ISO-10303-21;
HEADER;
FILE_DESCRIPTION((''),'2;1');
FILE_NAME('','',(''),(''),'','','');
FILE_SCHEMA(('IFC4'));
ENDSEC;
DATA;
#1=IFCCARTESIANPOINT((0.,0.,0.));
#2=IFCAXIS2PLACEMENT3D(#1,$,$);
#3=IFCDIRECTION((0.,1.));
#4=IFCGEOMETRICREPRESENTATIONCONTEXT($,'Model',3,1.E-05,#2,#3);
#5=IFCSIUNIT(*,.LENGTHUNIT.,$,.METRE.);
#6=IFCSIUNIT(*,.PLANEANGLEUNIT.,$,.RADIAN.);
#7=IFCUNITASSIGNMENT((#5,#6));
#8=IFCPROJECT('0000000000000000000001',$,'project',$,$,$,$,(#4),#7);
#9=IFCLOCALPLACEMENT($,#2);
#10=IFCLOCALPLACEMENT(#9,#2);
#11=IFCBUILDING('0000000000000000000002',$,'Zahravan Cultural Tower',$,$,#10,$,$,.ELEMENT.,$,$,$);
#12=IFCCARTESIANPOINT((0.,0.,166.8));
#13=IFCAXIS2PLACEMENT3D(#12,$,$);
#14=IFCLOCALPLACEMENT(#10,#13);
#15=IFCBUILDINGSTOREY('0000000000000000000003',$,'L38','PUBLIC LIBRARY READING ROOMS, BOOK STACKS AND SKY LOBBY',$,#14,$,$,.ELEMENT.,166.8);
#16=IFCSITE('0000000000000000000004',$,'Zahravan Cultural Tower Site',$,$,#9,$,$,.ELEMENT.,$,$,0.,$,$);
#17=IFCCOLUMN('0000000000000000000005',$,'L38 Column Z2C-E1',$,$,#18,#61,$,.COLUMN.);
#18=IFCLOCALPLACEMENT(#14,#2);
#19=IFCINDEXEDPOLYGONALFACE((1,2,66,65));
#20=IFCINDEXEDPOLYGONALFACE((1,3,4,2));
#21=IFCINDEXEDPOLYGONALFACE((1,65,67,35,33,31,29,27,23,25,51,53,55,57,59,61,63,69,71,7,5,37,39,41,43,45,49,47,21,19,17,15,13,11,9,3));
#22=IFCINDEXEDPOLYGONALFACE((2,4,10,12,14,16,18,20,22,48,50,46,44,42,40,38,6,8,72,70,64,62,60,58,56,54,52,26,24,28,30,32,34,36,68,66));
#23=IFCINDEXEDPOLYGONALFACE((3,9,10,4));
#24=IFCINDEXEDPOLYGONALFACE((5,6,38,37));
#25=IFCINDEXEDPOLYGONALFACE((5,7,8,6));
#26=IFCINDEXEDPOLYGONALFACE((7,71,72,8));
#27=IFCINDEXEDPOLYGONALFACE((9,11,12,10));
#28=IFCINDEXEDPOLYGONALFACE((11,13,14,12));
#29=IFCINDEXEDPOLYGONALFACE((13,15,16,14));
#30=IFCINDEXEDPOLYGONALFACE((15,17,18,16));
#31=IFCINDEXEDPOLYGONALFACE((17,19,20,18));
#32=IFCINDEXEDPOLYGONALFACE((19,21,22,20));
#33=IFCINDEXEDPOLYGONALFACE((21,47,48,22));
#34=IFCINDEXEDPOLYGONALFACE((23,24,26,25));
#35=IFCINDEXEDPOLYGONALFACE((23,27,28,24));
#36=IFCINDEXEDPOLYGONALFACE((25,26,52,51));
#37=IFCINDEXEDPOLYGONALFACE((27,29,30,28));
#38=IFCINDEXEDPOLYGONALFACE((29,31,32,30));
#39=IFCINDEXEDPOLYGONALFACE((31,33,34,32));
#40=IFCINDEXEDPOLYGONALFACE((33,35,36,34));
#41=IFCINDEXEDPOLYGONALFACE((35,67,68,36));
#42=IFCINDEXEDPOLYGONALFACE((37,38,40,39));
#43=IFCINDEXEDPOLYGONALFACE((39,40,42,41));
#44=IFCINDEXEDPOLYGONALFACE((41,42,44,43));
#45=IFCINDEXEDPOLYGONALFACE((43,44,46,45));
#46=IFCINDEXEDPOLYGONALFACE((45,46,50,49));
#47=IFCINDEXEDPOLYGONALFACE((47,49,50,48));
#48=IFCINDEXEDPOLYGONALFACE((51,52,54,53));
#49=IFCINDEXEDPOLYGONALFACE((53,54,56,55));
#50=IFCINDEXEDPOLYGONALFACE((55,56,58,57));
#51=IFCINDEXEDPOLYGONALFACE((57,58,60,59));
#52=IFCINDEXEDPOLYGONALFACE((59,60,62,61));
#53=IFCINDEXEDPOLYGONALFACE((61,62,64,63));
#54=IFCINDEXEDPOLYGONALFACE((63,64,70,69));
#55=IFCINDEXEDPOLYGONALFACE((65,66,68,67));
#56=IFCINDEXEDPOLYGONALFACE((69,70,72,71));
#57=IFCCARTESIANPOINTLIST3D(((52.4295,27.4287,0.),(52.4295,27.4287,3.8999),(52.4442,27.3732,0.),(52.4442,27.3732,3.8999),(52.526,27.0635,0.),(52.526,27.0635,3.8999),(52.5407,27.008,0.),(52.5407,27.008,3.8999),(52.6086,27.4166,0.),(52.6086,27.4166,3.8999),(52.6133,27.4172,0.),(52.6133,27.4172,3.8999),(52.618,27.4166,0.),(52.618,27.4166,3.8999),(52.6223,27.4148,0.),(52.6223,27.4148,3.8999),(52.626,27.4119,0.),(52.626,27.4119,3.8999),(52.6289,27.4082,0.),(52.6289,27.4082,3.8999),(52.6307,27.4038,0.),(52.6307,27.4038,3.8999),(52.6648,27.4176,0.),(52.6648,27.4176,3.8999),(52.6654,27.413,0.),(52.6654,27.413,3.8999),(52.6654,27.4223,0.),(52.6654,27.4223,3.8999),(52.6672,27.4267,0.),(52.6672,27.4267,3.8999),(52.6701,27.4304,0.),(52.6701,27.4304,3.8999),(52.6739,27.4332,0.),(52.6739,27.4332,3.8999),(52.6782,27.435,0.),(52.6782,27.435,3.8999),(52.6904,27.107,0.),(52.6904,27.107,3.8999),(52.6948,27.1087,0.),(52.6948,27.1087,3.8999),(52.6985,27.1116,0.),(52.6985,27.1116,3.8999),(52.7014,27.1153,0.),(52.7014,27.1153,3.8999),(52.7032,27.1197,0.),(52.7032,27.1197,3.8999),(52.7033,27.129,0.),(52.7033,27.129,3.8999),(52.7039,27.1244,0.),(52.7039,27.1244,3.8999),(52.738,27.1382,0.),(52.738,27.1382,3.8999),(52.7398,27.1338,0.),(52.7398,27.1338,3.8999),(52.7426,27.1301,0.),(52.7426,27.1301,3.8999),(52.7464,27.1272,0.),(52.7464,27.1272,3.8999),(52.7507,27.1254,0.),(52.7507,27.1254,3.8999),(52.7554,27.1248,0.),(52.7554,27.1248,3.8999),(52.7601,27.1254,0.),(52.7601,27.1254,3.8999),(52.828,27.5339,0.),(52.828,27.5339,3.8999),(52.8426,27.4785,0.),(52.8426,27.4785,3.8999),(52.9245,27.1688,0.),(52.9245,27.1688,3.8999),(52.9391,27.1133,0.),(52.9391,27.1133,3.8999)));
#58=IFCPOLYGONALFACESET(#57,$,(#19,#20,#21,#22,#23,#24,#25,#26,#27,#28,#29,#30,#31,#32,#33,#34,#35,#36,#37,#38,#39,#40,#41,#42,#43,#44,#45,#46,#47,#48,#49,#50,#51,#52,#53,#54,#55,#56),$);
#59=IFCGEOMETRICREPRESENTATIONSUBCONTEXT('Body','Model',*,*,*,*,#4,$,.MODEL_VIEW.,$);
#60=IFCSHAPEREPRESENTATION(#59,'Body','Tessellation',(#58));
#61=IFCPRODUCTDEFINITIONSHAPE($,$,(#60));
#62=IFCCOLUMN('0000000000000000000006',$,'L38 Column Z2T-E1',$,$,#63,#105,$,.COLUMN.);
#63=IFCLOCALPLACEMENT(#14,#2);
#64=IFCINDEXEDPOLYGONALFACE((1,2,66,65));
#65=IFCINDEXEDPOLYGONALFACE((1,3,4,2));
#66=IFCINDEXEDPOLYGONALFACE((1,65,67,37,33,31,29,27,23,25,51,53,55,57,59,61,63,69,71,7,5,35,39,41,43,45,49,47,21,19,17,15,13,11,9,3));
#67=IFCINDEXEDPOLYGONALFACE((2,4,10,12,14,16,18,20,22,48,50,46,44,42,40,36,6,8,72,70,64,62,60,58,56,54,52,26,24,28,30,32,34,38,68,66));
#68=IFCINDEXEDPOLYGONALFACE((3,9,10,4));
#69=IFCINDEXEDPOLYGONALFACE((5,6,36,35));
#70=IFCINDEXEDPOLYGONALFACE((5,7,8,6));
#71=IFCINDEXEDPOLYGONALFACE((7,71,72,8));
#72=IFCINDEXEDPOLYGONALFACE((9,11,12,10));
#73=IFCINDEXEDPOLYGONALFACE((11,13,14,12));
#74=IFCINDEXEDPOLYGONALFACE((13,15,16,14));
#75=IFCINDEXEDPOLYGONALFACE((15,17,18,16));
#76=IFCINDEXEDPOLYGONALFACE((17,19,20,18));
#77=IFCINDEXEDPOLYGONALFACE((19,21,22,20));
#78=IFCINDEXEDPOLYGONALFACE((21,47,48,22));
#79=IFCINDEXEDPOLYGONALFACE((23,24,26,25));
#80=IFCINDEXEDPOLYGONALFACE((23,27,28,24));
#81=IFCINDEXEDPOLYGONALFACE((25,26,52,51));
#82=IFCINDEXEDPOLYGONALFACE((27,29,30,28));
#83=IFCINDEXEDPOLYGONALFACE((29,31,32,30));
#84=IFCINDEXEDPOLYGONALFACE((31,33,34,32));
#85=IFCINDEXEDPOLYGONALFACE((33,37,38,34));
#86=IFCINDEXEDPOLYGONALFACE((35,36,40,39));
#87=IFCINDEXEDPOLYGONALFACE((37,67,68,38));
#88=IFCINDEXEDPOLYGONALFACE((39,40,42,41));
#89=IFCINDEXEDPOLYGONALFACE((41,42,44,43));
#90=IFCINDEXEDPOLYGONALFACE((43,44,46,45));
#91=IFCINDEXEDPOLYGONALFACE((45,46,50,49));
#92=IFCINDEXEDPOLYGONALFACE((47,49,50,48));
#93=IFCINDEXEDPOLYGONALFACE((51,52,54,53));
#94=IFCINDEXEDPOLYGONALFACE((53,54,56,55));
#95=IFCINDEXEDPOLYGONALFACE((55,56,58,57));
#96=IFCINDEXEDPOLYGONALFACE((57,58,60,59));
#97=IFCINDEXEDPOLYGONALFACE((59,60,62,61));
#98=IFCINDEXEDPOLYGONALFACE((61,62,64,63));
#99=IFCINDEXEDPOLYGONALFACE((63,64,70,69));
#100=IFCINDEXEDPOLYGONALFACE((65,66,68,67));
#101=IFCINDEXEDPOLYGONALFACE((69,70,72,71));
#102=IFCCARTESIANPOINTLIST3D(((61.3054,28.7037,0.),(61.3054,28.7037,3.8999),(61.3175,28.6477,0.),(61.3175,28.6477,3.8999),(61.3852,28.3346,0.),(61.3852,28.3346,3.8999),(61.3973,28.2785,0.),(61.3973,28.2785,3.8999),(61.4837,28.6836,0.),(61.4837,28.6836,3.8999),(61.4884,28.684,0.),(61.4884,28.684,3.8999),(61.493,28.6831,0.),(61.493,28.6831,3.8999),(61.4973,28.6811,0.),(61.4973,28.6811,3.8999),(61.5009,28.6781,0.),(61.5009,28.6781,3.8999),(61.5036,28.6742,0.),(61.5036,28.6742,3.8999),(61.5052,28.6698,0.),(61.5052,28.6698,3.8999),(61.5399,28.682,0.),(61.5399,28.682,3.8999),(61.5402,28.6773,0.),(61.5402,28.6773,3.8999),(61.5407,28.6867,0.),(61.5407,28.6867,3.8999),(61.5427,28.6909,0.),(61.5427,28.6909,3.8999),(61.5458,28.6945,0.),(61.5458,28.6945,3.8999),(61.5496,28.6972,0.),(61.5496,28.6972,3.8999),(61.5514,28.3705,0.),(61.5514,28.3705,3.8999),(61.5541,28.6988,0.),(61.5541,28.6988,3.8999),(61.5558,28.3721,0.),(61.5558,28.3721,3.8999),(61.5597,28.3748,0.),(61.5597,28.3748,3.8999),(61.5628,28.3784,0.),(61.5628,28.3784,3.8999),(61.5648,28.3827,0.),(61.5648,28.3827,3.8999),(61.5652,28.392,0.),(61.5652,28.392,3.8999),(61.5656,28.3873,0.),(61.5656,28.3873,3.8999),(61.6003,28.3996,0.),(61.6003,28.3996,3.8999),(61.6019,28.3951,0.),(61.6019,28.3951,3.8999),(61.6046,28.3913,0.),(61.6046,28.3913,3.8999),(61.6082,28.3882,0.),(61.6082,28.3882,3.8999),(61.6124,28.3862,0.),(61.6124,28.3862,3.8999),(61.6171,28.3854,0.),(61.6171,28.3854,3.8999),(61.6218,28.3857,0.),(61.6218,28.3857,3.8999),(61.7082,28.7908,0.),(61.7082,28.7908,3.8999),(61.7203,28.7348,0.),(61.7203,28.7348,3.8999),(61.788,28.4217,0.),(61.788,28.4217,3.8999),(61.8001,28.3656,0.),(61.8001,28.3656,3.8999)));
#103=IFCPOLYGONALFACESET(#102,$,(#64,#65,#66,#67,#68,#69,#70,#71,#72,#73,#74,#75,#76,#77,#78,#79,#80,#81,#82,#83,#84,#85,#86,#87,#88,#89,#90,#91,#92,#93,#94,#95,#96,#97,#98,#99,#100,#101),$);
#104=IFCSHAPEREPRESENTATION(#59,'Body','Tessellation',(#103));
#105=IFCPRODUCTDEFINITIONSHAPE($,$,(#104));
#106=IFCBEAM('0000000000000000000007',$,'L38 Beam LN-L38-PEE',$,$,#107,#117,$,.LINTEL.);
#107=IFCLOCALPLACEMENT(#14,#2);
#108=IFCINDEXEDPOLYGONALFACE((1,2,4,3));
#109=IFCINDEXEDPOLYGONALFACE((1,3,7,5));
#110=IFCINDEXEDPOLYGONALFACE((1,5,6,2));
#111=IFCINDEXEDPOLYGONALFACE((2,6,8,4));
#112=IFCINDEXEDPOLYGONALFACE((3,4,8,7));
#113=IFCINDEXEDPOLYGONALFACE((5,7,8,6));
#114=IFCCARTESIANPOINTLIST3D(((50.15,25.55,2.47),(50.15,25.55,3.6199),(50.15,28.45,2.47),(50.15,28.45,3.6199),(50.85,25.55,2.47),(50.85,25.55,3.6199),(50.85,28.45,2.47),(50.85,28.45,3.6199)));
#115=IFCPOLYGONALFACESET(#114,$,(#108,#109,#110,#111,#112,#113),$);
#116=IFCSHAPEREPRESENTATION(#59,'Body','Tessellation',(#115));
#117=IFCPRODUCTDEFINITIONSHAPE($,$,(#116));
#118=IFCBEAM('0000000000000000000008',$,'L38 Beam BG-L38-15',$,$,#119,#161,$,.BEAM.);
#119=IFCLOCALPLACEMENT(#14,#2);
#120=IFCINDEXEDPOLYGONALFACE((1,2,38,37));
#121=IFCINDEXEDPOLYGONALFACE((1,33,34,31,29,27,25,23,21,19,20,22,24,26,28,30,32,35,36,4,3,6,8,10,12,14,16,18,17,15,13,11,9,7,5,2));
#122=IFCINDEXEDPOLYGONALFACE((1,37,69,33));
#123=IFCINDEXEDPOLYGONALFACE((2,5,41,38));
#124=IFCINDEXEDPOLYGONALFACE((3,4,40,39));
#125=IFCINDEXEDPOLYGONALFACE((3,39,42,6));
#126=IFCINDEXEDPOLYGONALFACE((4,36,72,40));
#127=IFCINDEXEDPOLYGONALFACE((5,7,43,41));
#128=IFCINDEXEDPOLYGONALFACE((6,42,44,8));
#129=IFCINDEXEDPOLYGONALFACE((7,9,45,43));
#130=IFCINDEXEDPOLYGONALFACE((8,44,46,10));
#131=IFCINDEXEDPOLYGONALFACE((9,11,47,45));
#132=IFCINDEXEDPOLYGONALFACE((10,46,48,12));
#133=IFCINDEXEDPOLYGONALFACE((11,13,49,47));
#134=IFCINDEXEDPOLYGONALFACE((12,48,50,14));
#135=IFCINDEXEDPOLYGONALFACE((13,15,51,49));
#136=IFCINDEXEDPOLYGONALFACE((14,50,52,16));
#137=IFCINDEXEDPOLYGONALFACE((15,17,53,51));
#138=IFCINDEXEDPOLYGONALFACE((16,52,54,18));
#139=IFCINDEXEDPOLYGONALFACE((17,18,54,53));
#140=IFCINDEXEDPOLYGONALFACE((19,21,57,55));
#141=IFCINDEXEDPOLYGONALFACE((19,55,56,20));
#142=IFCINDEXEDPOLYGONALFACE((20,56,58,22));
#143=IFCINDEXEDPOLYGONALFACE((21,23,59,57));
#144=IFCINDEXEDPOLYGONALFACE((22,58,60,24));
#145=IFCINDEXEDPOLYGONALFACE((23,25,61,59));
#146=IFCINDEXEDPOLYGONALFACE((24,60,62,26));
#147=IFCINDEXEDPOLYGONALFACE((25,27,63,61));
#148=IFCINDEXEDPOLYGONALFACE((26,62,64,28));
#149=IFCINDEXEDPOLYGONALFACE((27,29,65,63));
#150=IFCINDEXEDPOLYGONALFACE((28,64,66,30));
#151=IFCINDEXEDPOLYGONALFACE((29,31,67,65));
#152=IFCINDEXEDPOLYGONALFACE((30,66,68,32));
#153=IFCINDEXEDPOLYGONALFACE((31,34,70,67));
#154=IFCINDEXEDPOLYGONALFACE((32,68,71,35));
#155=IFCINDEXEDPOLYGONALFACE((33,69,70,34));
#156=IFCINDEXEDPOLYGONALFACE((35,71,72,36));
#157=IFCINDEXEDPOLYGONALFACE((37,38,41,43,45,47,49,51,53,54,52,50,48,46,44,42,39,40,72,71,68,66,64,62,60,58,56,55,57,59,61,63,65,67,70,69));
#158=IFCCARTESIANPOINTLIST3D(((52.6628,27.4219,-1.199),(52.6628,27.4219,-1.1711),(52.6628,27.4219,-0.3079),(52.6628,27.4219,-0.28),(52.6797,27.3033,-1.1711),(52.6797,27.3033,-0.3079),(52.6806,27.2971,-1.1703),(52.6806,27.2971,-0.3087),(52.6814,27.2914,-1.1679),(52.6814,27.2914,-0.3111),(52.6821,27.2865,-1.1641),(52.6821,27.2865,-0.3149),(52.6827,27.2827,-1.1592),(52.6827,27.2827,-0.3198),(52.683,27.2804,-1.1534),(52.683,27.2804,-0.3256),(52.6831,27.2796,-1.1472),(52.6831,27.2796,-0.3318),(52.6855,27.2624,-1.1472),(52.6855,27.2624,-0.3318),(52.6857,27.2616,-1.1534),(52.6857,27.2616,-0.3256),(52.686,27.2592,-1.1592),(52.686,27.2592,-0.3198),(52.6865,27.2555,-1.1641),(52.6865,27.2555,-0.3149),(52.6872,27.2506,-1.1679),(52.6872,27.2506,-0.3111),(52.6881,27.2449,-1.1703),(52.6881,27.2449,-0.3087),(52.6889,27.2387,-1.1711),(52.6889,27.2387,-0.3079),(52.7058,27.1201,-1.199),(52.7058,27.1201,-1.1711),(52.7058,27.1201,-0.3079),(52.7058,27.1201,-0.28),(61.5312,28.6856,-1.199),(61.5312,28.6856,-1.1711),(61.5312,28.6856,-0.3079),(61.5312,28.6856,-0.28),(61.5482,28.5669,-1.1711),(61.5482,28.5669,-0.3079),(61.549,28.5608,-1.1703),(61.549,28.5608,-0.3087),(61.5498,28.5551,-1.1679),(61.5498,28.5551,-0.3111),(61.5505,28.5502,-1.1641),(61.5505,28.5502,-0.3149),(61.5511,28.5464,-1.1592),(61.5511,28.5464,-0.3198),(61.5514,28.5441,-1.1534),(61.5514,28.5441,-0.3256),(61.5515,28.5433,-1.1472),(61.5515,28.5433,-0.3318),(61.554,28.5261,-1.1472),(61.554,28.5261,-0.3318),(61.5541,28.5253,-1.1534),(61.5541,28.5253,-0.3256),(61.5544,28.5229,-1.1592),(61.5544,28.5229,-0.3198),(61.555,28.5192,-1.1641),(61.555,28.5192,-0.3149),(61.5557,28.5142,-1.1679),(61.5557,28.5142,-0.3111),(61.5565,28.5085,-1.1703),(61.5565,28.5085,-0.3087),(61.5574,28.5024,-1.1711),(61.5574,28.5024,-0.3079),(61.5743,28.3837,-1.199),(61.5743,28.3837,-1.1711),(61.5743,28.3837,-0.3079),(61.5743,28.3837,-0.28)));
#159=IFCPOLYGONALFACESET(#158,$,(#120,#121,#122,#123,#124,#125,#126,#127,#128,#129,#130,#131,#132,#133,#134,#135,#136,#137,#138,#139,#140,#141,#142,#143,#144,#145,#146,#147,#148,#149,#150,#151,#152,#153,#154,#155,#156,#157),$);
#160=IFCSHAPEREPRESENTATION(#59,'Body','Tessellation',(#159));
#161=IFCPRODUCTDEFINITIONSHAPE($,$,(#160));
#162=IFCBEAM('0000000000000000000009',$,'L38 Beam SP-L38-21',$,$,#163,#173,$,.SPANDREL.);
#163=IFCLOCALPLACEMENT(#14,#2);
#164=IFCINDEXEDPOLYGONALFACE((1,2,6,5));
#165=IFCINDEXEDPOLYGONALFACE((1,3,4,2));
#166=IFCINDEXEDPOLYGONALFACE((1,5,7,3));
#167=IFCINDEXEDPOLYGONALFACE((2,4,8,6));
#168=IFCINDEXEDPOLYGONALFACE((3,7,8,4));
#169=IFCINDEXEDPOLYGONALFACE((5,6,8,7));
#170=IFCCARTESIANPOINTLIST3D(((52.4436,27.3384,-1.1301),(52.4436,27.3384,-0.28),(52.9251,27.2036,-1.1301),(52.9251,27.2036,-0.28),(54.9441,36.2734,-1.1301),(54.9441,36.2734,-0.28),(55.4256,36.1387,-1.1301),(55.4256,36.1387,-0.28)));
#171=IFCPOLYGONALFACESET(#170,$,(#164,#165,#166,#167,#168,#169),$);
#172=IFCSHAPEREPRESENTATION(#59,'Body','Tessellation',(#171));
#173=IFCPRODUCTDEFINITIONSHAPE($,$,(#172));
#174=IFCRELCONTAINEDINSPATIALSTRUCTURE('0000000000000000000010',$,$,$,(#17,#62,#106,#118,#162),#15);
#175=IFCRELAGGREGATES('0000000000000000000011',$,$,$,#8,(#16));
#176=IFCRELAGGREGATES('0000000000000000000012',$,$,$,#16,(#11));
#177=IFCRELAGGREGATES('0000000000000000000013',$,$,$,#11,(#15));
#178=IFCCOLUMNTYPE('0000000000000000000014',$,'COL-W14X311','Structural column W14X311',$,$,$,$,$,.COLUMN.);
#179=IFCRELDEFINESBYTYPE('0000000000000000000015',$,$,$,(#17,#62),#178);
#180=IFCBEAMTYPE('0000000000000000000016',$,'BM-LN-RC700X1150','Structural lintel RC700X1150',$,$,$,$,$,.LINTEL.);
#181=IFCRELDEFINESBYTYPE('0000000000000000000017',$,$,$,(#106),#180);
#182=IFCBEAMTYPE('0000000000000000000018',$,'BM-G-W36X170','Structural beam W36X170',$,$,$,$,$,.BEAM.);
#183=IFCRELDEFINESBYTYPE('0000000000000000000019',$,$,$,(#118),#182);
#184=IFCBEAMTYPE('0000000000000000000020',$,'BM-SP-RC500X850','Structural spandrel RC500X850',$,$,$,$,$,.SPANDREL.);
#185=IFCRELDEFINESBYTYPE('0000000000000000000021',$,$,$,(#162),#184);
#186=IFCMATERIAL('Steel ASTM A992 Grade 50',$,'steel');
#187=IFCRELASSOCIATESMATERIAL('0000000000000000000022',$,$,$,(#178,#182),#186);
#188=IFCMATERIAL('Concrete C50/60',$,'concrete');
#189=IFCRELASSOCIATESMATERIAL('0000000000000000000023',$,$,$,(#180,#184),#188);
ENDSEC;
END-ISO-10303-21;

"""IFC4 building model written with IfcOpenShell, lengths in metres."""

from ifc_helpers import new_model, si_unit, direction, frame, origin, origin_2d, place, context, subcontext, project, spatial, rectangle, i_section, extrude, source, transform, mapped, material, material_profile, profile_set, type_object, element, save


model = new_model("IFC4")

# Units and contexts
model_context = context("Model", 3, precision=1e-05, world=origin(), true_north=direction((0.0, 1.0)))
body_context = subcontext(model_context, "Body", "Model", "MODEL_VIEW")
ifc_project = project(units=[si_unit("LENGTHUNIT", "METRE"), si_unit("PLANEANGLEUNIT", "RADIAN")], contexts=[model_context])

# Site, building, storey
site_placement = place(None, origin())
site = spatial("IfcSite", under=ifc_project, at=site_placement, Name="Zahravan Cultural Tower Site", CompositionType="ELEMENT", RefElevation=0.0)
building_placement = place(site_placement, origin())
building = spatial("IfcBuilding", under=site, at=building_placement, Name="Zahravan Cultural Tower", CompositionType="ELEMENT")
storey_placement = place(building_placement, frame((0.0, 0.0, 166.8)))
storey = spatial("IfcBuildingStorey", under=building, at=storey_placement, Name="L38", Description="PUBLIC LIBRARY READING ROOMS, BOOK STACKS AND SKY LOBBY", CompositionType="ELEMENT", Elevation=166.8)

# Columns
ifc_material_1 = material(Name="Steel ASTM A992 Grade 50", Category="steel")
ifc_material_profile_1 = material_profile(ifc_material_1, i_section(OverallWidth=0.4121, OverallDepth=0.4351, WebThickness=0.0359, FlangeThickness=0.0574, FilletRadius=0.0181, at=origin_2d()), Name="W14X311")
ifc_profile_set_1 = profile_set([ifc_material_profile_1], Name="Steel ASTM A992 Grade 50")
column_type = type_object("IfcColumnType", Name="COL-W14X311", Description="Structural column W14X311", PredefinedType="COLUMN", material=ifc_profile_set_1)
shared_shape_1 = source(origin(), body_context, "Body", "SweptSolid", [
    extrude(i_section(OverallWidth=0.4121, OverallDepth=0.4351, WebThickness=0.0359, FlangeThickness=0.0574, FilletRadius=0.0181, at=origin_2d()), origin(), (0.0, 0.0, 1.0), 3.8999),
])
for number, where, z_axis, x_axis, name in (
    (1, (52.6843, 27.271, 0.0), (0.0, 0.0, 1.0), (0.966823, 0.255446, 0.0), "L38 Column Z2C-E1"),
    (2, (61.5527, 28.5347, 0.0), (0.0, 0.0, 1.0), (0.977416, 0.211325, 0.0), "L38 Column Z2T-E1"),
):
    element("IfcColumn", number, at=place(storey_placement, frame(where, z_axis=z_axis, x_axis=x_axis)), inside=storey, type_object=column_type, Name=name, PredefinedType="COLUMN", context=body_context, shape_type="MappedRepresentation", body=[
        mapped(shared_shape_1, transform((0.0, 0.0, 0.0), x_axis=(1.0, 0.0, 0.0), y_axis=(0.0, 1.0, 0.0), z_axis=(0.0, 0.0, 1.0), scale=1.0)),
    ])

# Beams
ifc_material_2 = material(Name="Concrete C50/60", Category="concrete")
ifc_material_profile_2 = material_profile(ifc_material_2, rectangle(XDim=0.7, YDim=1.1499, at=origin_2d()), Name="RC700X1150")
ifc_profile_set_2 = profile_set([ifc_material_profile_2], Name="Concrete C50/60")
beam_type_1 = type_object("IfcBeamType", Name="BM-LN-RC700X1150", Description="Structural lintel RC700X1150", PredefinedType="LINTEL", material=ifc_profile_set_2)
shared_shape_2 = source(origin(), body_context, "Body", "SweptSolid", [
    extrude(rectangle(XDim=0.7, YDim=1.1499, at=origin_2d()), origin(), (0.0, 0.0, 1.0), 2.8999),
])
beam_1_placement = place(storey_placement, frame((50.5, 25.55, 3.0449), z_axis=(0.0, 1.0, 0.0), x_axis=(-1.0, 0.0, 0.0)))
element("IfcBeam", 3, at=beam_1_placement, inside=storey, type_object=beam_type_1, Name="L38 Beam LN-L38-PEE", PredefinedType="LINTEL", context=body_context, shape_type="MappedRepresentation", body=[
    mapped(shared_shape_2, transform((0.0, 0.0, 0.0), x_axis=(1.0, 0.0, 0.0), y_axis=(0.0, 1.0, 0.0), z_axis=(0.0, 0.0, 1.0), scale=1.0)),
])
ifc_material_profile_3 = material_profile(ifc_material_1, i_section(OverallWidth=0.3049, OverallDepth=0.9189, WebThickness=0.0173, FlangeThickness=0.0278, FilletRadius=0.0239, at=origin_2d()), Name="W36X170")
ifc_profile_set_3 = profile_set([ifc_material_profile_3], Name="Steel ASTM A992 Grade 50")
beam_type_2 = type_object("IfcBeamType", Name="BM-G-W36X170", Description="Structural beam W36X170", PredefinedType="BEAM", material=ifc_profile_set_3)
shared_shape_3 = source(origin(), body_context, "Body", "SweptSolid", [
    extrude(i_section(OverallWidth=0.3049, OverallDepth=0.9189, WebThickness=0.0173, FlangeThickness=0.0278, FilletRadius=0.0239, at=origin_2d()), origin(), (0.0, 0.0, 1.0), 8.958),
])
beam_2_placement = place(storey_placement, frame((52.6843, 27.271, -0.7395), z_axis=(0.99, 0.141067, 0.0), x_axis=(-0.141067, 0.99, 0.0)))
element("IfcBeam", 4, at=beam_2_placement, inside=storey, type_object=beam_type_2, Name="L38 Beam BG-L38-15", PredefinedType="BEAM", context=body_context, shape_type="MappedRepresentation", body=[
    mapped(shared_shape_3, transform((0.0, 0.0, 0.0), x_axis=(1.0, 0.0, 0.0), y_axis=(0.0, 1.0, 0.0), z_axis=(0.0, 0.0, 1.0), scale=1.0)),
])
ifc_material_profile_4 = material_profile(ifc_material_2, rectangle(XDim=0.5, YDim=0.8501, at=origin_2d()), Name="RC500X850")
ifc_profile_set_4 = profile_set([ifc_material_profile_4], Name="Concrete C50/60")
beam_type_3 = type_object("IfcBeamType", Name="BM-SP-RC500X850", Description="Structural spandrel RC500X850", PredefinedType="SPANDREL", material=ifc_profile_set_4)
shared_shape_4 = source(origin(), body_context, "Body", "SweptSolid", [
    extrude(rectangle(XDim=0.5, YDim=0.8501, at=origin_2d()), origin(), (0.0, 0.0, 1.0), 9.2783),
])
beam_3_placement = place(storey_placement, frame((52.6843, 27.271, -0.7051), z_axis=(0.269497, 0.963001, 0.0), x_axis=(-0.963001, 0.269497, 0.0)))
element("IfcBeam", 5, at=beam_3_placement, inside=storey, type_object=beam_type_3, Name="L38 Beam SP-L38-21", PredefinedType="SPANDREL", context=body_context, shape_type="MappedRepresentation", body=[
    mapped(shared_shape_4, transform((0.0, 0.0, 0.0), x_axis=(1.0, 0.0, 0.0), y_axis=(0.0, 1.0, 0.0), z_axis=(0.0, 0.0, 1.0), scale=1.0)),
])

save(model, "model.ifc")
